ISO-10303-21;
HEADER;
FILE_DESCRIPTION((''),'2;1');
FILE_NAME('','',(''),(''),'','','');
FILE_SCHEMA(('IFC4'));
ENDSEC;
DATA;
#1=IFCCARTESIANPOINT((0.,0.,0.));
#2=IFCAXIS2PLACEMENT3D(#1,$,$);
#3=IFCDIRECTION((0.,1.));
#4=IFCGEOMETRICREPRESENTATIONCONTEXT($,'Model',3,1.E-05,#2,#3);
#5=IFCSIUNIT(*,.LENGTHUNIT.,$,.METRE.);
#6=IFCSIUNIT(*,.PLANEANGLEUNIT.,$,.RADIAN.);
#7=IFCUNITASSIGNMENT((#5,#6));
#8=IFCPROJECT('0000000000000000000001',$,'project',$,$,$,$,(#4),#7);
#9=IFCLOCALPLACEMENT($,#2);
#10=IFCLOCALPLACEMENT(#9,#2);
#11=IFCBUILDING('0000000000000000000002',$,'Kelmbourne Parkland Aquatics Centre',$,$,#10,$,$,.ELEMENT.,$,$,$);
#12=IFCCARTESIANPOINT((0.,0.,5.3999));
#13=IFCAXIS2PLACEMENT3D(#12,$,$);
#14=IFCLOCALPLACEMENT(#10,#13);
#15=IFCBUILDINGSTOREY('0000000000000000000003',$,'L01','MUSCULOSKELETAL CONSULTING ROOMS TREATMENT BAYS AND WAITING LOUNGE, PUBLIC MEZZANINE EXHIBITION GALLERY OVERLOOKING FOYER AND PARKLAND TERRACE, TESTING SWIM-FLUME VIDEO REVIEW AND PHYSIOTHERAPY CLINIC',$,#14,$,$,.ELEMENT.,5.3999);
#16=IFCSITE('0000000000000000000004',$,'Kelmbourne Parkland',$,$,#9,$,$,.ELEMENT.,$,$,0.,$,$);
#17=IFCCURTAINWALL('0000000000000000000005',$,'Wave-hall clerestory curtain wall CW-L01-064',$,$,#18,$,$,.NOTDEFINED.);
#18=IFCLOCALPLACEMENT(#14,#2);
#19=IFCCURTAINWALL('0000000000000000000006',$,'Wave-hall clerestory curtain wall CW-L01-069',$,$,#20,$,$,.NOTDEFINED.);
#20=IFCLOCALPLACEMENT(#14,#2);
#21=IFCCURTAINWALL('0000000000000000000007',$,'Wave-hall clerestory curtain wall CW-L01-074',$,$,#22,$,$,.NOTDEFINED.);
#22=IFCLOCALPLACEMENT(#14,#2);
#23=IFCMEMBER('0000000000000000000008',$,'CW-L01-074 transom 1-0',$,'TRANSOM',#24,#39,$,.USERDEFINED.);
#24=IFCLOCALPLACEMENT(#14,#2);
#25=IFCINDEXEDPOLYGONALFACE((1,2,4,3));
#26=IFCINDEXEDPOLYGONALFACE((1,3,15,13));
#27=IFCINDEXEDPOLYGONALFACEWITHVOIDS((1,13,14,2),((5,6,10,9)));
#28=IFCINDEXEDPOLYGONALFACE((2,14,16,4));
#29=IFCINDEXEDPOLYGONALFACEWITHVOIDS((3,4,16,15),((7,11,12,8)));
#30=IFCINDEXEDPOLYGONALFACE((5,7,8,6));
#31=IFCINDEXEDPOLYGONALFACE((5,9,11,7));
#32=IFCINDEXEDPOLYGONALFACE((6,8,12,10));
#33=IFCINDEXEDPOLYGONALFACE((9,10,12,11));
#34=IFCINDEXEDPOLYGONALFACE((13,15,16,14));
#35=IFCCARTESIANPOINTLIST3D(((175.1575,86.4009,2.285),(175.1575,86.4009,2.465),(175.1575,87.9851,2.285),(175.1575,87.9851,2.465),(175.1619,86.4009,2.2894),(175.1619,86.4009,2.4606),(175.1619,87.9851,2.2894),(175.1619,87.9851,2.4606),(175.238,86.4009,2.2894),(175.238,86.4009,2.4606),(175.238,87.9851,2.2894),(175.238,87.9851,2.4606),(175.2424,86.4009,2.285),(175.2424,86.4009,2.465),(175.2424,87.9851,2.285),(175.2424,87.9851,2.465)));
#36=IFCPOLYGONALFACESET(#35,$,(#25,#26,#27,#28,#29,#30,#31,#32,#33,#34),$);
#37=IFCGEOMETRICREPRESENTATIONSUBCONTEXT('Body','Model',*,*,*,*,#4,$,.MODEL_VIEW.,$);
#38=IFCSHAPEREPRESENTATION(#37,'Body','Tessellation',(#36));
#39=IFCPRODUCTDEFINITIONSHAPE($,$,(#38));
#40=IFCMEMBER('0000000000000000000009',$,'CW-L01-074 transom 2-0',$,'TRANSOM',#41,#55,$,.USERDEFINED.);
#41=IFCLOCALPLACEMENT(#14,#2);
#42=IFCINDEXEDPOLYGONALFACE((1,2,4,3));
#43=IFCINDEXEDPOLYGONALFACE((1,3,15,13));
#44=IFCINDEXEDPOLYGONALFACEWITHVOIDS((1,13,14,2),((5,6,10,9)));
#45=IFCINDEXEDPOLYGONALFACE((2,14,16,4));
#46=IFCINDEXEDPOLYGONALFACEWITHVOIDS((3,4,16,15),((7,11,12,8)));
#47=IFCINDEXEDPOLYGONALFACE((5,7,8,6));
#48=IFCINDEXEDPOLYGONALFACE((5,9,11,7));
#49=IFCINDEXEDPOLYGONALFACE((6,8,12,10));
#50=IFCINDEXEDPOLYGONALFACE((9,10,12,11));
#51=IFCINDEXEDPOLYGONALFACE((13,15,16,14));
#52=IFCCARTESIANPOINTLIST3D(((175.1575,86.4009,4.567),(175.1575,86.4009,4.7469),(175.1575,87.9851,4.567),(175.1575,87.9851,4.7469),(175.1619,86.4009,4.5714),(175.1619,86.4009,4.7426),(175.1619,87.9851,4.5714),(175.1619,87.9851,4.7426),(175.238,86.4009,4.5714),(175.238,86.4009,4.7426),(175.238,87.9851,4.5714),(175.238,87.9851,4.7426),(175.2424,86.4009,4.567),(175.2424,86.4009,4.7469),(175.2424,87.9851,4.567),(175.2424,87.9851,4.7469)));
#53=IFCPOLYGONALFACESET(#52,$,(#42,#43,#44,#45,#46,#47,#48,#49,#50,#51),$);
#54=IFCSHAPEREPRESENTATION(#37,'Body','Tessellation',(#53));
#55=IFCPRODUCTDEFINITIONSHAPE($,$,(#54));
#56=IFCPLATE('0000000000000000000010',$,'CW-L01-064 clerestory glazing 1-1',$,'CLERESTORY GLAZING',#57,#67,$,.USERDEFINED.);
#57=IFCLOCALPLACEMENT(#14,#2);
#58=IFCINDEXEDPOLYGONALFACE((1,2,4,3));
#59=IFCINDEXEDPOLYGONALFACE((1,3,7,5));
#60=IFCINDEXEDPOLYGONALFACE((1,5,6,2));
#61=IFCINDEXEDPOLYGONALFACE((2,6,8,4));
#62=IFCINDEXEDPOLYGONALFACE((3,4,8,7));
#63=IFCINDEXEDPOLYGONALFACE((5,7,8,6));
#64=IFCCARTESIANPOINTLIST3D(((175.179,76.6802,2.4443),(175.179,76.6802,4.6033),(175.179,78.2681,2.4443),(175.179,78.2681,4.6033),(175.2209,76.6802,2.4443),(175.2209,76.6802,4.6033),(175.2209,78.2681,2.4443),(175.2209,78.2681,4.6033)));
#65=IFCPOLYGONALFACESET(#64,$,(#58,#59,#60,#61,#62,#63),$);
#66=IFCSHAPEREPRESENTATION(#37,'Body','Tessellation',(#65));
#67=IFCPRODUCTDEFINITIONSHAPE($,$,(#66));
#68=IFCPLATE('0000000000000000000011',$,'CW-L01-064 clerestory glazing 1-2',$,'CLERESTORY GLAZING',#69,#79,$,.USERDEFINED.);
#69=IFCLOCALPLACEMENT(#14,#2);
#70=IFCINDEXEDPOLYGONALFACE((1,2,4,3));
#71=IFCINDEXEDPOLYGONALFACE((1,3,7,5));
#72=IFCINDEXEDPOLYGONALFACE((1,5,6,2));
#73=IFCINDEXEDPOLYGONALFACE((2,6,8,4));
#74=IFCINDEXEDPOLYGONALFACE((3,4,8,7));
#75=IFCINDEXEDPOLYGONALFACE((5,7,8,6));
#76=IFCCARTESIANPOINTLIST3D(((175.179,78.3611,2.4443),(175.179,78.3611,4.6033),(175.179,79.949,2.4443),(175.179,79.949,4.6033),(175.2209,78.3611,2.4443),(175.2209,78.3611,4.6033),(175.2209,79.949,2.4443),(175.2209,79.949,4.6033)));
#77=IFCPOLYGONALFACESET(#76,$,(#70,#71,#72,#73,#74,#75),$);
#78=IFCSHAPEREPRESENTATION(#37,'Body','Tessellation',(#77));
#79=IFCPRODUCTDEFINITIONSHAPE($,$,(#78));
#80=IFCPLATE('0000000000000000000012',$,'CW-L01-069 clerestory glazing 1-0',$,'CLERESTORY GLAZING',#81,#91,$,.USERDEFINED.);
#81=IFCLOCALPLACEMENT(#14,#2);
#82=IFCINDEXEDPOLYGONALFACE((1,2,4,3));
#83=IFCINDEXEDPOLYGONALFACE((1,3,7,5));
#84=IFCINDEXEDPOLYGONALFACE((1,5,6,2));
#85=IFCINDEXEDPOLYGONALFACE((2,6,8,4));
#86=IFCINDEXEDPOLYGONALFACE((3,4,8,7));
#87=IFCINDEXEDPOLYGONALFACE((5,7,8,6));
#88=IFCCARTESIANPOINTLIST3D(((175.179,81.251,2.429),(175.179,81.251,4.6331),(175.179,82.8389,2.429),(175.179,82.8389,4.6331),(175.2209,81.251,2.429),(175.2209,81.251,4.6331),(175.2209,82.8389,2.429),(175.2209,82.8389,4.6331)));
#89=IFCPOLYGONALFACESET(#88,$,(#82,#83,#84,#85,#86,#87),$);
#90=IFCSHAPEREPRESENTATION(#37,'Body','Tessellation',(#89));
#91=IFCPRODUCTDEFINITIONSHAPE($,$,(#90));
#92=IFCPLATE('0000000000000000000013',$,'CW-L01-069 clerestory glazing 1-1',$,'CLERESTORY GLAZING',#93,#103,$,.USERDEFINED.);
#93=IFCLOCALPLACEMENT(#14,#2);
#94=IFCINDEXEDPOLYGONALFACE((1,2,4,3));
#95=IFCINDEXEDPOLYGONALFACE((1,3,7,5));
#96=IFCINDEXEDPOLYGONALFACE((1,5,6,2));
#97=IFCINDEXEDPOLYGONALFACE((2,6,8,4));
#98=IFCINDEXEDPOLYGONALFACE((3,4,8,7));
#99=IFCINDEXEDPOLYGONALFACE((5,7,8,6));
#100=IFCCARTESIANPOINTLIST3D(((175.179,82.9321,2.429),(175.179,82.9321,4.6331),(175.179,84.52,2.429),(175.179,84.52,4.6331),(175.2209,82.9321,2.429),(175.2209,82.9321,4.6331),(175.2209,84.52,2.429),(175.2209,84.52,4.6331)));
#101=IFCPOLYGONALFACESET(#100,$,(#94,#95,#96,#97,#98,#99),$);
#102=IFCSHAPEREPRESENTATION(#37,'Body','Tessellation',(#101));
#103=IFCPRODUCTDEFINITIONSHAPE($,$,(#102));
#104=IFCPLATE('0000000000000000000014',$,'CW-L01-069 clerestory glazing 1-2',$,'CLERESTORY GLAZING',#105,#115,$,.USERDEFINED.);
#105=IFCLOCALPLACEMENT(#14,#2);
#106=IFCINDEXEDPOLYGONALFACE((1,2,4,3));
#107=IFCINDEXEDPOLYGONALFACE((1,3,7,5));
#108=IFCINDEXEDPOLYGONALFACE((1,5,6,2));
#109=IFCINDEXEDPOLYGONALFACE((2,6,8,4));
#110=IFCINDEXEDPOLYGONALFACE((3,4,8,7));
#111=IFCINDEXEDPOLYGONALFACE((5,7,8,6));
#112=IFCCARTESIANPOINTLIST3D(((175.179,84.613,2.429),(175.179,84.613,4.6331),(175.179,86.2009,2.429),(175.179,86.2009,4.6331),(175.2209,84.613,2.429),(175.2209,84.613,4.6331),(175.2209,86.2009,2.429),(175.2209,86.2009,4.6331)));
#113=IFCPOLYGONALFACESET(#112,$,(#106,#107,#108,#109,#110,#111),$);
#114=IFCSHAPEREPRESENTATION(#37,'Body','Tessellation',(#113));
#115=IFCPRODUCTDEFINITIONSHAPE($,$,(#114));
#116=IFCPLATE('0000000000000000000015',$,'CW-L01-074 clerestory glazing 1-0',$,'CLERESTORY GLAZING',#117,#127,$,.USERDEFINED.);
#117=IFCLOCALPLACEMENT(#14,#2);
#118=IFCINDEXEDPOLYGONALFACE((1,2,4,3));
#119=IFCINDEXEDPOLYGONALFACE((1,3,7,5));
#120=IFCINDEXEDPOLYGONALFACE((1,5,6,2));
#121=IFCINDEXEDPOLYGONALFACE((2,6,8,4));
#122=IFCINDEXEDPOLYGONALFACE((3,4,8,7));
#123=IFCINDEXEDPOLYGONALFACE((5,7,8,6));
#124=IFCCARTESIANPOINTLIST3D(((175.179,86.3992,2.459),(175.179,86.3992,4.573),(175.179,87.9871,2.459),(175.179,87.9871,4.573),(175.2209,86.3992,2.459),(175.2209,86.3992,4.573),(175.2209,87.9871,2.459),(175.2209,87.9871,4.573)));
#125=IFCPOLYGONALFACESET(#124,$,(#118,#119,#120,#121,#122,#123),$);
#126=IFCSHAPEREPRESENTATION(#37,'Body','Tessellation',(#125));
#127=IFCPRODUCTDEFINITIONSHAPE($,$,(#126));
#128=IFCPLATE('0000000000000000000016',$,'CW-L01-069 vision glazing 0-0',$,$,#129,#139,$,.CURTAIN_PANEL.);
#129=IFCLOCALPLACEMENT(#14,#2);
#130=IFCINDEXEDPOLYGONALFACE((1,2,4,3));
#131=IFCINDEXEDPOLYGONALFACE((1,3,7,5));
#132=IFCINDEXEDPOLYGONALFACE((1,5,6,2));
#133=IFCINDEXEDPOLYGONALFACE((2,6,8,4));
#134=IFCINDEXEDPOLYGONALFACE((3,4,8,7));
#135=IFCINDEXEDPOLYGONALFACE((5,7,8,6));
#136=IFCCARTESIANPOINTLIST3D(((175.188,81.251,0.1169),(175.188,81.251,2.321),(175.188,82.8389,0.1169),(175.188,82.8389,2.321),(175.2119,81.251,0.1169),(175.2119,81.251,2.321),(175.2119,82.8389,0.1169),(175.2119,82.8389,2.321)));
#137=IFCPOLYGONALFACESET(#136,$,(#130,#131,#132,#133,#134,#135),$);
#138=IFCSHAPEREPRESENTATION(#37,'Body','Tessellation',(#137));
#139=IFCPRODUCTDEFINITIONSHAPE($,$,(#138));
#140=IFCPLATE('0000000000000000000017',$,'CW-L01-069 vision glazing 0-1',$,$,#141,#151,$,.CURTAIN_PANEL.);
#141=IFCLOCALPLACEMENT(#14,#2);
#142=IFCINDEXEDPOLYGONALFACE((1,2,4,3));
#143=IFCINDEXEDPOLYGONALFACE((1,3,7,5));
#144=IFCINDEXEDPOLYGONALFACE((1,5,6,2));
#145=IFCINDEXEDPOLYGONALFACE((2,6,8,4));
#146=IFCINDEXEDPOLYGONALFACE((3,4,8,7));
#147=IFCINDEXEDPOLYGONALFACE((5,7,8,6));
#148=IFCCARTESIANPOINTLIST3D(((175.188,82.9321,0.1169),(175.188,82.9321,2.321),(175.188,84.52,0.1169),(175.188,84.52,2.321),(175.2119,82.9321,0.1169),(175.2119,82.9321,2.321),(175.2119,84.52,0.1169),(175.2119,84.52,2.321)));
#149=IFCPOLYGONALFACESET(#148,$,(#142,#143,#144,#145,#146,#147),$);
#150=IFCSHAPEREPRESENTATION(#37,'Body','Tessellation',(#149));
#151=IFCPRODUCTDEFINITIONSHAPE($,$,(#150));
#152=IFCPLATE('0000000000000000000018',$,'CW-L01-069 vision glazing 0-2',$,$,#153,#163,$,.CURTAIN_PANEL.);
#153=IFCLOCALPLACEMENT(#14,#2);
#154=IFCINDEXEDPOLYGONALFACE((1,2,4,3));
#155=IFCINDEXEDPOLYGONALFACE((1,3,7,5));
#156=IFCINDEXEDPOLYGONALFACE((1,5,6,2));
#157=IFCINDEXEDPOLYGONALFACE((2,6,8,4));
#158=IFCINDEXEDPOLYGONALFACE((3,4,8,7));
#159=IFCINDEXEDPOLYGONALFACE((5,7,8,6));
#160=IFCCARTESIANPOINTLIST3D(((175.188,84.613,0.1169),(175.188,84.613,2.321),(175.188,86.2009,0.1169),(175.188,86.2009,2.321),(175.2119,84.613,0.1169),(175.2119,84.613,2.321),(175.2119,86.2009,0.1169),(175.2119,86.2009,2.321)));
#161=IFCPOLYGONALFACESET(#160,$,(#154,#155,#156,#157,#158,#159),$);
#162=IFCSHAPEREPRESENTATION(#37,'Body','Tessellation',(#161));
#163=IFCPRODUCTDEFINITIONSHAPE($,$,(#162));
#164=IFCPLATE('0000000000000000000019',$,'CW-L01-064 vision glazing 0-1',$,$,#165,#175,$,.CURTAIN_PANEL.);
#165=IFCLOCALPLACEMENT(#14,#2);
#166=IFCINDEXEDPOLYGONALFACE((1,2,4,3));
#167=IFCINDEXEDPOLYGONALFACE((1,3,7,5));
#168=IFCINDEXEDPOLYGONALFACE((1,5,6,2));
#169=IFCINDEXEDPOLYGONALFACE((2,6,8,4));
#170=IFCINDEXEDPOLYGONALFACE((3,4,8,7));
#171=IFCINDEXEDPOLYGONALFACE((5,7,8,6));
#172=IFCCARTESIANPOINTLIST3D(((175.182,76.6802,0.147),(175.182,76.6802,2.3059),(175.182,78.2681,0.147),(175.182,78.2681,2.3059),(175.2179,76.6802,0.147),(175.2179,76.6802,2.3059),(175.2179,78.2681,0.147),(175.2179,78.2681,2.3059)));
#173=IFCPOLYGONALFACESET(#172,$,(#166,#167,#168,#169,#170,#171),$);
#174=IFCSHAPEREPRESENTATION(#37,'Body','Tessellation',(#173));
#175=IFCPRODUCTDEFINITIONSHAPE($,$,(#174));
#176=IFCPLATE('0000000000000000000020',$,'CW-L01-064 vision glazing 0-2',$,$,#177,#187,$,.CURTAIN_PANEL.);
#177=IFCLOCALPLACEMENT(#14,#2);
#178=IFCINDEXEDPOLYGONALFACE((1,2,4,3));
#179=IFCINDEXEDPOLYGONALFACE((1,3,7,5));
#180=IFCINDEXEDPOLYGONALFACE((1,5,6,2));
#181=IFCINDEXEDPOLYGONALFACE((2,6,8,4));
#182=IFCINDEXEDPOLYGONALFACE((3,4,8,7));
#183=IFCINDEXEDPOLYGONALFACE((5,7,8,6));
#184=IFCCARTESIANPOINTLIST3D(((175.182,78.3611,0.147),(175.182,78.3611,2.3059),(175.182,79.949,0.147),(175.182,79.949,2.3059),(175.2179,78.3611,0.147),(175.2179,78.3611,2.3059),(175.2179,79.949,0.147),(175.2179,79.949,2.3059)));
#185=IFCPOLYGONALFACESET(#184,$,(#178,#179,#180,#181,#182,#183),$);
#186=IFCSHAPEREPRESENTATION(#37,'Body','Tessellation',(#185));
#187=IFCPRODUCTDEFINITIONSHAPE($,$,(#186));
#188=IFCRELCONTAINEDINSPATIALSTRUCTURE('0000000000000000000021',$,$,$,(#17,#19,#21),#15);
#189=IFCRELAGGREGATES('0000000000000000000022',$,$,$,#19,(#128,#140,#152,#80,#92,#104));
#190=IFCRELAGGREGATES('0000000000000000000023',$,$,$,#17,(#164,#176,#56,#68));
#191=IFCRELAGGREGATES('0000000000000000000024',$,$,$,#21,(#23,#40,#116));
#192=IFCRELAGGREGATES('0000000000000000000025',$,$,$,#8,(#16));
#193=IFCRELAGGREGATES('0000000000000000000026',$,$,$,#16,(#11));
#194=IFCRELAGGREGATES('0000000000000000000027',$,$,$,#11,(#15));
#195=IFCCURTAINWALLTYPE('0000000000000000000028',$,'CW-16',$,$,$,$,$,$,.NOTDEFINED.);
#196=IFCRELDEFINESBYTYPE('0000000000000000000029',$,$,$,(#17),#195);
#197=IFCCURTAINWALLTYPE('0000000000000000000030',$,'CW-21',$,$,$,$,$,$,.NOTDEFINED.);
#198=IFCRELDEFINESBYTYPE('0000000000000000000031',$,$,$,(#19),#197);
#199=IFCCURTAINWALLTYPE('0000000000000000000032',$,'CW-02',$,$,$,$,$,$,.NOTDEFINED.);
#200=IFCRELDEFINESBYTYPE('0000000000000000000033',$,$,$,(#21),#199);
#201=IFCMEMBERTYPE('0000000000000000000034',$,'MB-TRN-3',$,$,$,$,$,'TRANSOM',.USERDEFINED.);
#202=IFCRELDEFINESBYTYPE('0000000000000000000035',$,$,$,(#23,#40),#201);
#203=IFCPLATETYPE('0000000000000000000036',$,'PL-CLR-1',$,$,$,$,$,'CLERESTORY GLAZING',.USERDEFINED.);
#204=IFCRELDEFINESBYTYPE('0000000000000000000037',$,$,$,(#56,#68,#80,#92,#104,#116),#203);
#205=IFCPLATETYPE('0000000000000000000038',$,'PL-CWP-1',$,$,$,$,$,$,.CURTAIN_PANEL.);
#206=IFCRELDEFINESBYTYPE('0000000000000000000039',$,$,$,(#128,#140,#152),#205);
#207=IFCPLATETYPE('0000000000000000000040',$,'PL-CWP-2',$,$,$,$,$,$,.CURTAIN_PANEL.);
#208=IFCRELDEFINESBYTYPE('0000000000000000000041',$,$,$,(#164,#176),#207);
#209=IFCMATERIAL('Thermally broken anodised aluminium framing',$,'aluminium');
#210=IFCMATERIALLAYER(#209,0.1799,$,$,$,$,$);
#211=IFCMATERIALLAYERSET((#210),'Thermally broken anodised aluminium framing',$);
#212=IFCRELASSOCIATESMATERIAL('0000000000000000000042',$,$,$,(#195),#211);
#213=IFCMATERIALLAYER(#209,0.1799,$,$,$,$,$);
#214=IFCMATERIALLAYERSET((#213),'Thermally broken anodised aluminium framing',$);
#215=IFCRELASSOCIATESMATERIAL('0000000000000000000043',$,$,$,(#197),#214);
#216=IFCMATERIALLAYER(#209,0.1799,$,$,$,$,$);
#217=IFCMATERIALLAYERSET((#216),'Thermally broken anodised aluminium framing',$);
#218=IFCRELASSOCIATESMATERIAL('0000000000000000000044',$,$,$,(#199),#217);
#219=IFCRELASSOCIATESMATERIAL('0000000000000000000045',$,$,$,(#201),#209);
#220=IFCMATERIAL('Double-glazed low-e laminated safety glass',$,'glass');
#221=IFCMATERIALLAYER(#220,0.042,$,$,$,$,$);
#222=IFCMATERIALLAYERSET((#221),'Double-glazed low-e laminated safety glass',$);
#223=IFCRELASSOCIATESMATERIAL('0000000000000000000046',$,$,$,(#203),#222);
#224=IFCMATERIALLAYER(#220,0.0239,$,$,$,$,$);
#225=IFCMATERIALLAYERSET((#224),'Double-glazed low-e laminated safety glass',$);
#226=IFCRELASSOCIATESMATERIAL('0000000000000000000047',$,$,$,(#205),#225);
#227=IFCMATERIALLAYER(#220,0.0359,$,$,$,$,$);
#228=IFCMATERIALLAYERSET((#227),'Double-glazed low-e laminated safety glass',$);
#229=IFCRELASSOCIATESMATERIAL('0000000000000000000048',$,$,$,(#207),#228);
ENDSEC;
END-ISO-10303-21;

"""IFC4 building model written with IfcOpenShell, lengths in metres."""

from ifc_helpers import new_model, si_unit, direction, frame, origin, origin_2d, place, context, subcontext, project, spatial, rectangle, hollow_rectangle, extrude, material, layer, layer_set, material_profile, profile_set, type_object, element, aggregate, save


model = new_model("IFC4")

# Units and contexts
model_context = context("Model", 3, precision=1e-05, world=origin(), true_north=direction((0.0, 1.0)))
body_context = subcontext(model_context, "Body", "Model", "MODEL_VIEW")
ifc_project = project(units=[si_unit("LENGTHUNIT", "METRE"), si_unit("PLANEANGLEUNIT", "RADIAN")], contexts=[model_context])

# Site, building, storey
site_placement = place(None, origin())
site = spatial("IfcSite", under=ifc_project, at=site_placement, Name="Kelmbourne Parkland", CompositionType="ELEMENT", RefElevation=0.0)
building_placement = place(site_placement, origin())
building = spatial("IfcBuilding", under=site, at=building_placement, Name="Kelmbourne Parkland Aquatics Centre", CompositionType="ELEMENT")
storey_placement = place(building_placement, frame((0.0, 0.0, 5.3999)))
storey = spatial("IfcBuildingStorey", under=building, at=storey_placement, Name="L01", Description="MUSCULOSKELETAL CONSULTING ROOMS TREATMENT BAYS AND WAITING LOUNGE, PUBLIC MEZZANINE EXHIBITION GALLERY OVERLOOKING FOYER AND PARKLAND TERRACE, TESTING SWIM-FLUME VIDEO REVIEW AND PHYSIOTHERAPY CLINIC", CompositionType="ELEMENT", Elevation=5.3999)

# Curtain walls
ifc_material_1 = material(Name="Thermally broken anodised aluminium framing", Category="aluminium")
ifc_layer_1 = layer(ifc_material_1, 0.1799)
ifc_layer_set_1 = layer_set([ifc_layer_1], Name="Thermally broken anodised aluminium framing")
curtain_wall_type_1 = type_object("IfcCurtainWallType", Name="CW-16", PredefinedType="NOTDEFINED", material=ifc_layer_set_1)
curtain_wall_1_placement = place(storey_placement, origin())
curtain_wall_1 = element("IfcCurtainWall", 1, at=curtain_wall_1_placement, inside=storey, type_object=curtain_wall_type_1, Name="Wave-hall clerestory curtain wall CW-L01-064", PredefinedType="NOTDEFINED")
ifc_layer_2 = layer(ifc_material_1, 0.1799)
ifc_layer_set_2 = layer_set([ifc_layer_2], Name="Thermally broken anodised aluminium framing")
curtain_wall_type_2 = type_object("IfcCurtainWallType", Name="CW-21", PredefinedType="NOTDEFINED", material=ifc_layer_set_2)
curtain_wall_2_placement = place(storey_placement, origin())
curtain_wall_2 = element("IfcCurtainWall", 2, at=curtain_wall_2_placement, inside=storey, type_object=curtain_wall_type_2, Name="Wave-hall clerestory curtain wall CW-L01-069", PredefinedType="NOTDEFINED")

# Curtain wall
ifc_layer_3 = layer(ifc_material_1, 0.1799)
ifc_layer_set_3 = layer_set([ifc_layer_3], Name="Thermally broken anodised aluminium framing")
curtain_wall_type_3 = type_object("IfcCurtainWallType", Name="CW-02", PredefinedType="NOTDEFINED", material=ifc_layer_set_3)
curtain_wall_3_placement = place(storey_placement, origin())
curtain_wall_3 = element("IfcCurtainWall", 3, at=curtain_wall_3_placement, inside=storey, type_object=curtain_wall_type_3, Name="Wave-hall clerestory curtain wall CW-L01-074", PredefinedType="NOTDEFINED")

# Members
ifc_material_profile_1 = material_profile(ifc_material_1, hollow_rectangle(XDim=0.085, YDim=0.1799, WallThickness=0.0044, at=origin_2d()), Name="CW-T 85x180")
ifc_profile_set_1 = profile_set([ifc_material_profile_1], Name="Thermally broken anodised aluminium framing")
member_type_1 = type_object("IfcMemberType", Name="MB-TRN-3", ElementType="TRANSOM", PredefinedType="USERDEFINED", material=ifc_profile_set_1)
member_1_placement = place(storey_placement, frame((175.2, 86.4009, 2.375), z_axis=(0.0, 1.0, 0.0), x_axis=(-1.0, 0.0, 0.0)))
member_1 = element("IfcMember", 4, at=member_1_placement, type_object=member_type_1, Name="CW-L01-074 transom 1-0", ObjectType="TRANSOM", PredefinedType="USERDEFINED", context=body_context, shape_type="SweptSolid", body=[
    extrude(hollow_rectangle(XDim=0.085, YDim=0.1799, WallThickness=0.0044, at=origin_2d()), origin(), (0.0, 0.0, 1.0), 1.5842),
])
member_2_placement = place(storey_placement, frame((175.2, 86.4009, 4.657), z_axis=(0.0, 1.0, 0.0), x_axis=(-1.0, 0.0, 0.0)))
member_2 = element("IfcMember", 5, at=member_2_placement, type_object=member_type_1, Name="CW-L01-074 transom 2-0", ObjectType="TRANSOM", PredefinedType="USERDEFINED", context=body_context, shape_type="SweptSolid", body=[
    extrude(hollow_rectangle(XDim=0.085, YDim=0.1799, WallThickness=0.0044, at=origin_2d()), origin(), (0.0, 0.0, 1.0), 1.5842),
])

# Plates
ifc_material_2 = material(Name="Double-glazed low-e laminated safety glass", Category="glass")
ifc_layer_4 = layer(ifc_material_2, 0.042)
ifc_layer_set_4 = layer_set([ifc_layer_4], Name="Double-glazed low-e laminated safety glass")
plate_type_1 = type_object("IfcPlateType", Name="PL-CLR-1", ElementType="CLERESTORY GLAZING", PredefinedType="USERDEFINED", material=ifc_layer_set_4)
plate_1_placement = place(storey_placement, frame((175.2, 77.4741, 2.4443), z_axis=(0.0, 0.0, 1.0), x_axis=(0.0, 1.0, 0.0)))
plate_1 = element("IfcPlate", 6, at=plate_1_placement, type_object=plate_type_1, Name="CW-L01-064 clerestory glazing 1-1", ObjectType="CLERESTORY GLAZING", PredefinedType="USERDEFINED", context=body_context, shape_type="SweptSolid", body=[
    extrude(rectangle(XDim=1.5879, YDim=0.042, at=origin_2d()), origin(), (0.0, 0.0, 1.0), 2.1589),
])
plate_2_placement = place(storey_placement, frame((175.2, 79.155, 2.4443), z_axis=(0.0, 0.0, 1.0), x_axis=(0.0, 1.0, 0.0)))
plate_2 = element("IfcPlate", 7, at=plate_2_placement, type_object=plate_type_1, Name="CW-L01-064 clerestory glazing 1-2", ObjectType="CLERESTORY GLAZING", PredefinedType="USERDEFINED", context=body_context, shape_type="SweptSolid", body=[
    extrude(rectangle(XDim=1.5879, YDim=0.042, at=origin_2d()), origin(), (0.0, 0.0, 1.0), 2.1589),
])
plate_3_placement = place(storey_placement, frame((175.2, 82.0449, 2.429), z_axis=(0.0, 0.0, 1.0), x_axis=(0.0, 1.0, 0.0)))
plate_3 = element("IfcPlate", 8, at=plate_3_placement, type_object=plate_type_1, Name="CW-L01-069 clerestory glazing 1-0", ObjectType="CLERESTORY GLAZING", PredefinedType="USERDEFINED", context=body_context, shape_type="SweptSolid", body=[
    extrude(rectangle(XDim=1.5879, YDim=0.042, at=origin_2d()), origin(), (0.0, 0.0, 1.0), 2.2041),
])
plate_4_placement = place(storey_placement, frame((175.2, 83.7261, 2.429), z_axis=(0.0, 0.0, 1.0), x_axis=(0.0, 1.0, 0.0)))
plate_4 = element("IfcPlate", 9, at=plate_4_placement, type_object=plate_type_1, Name="CW-L01-069 clerestory glazing 1-1", ObjectType="CLERESTORY GLAZING", PredefinedType="USERDEFINED", context=body_context, shape_type="SweptSolid", body=[
    extrude(rectangle(XDim=1.5879, YDim=0.042, at=origin_2d()), origin(), (0.0, 0.0, 1.0), 2.2041),
])
plate_5_placement = place(storey_placement, frame((175.2, 85.407, 2.429), z_axis=(0.0, 0.0, 1.0), x_axis=(0.0, 1.0, 0.0)))
plate_5 = element("IfcPlate", 10, at=plate_5_placement, type_object=plate_type_1, Name="CW-L01-069 clerestory glazing 1-2", ObjectType="CLERESTORY GLAZING", PredefinedType="USERDEFINED", context=body_context, shape_type="SweptSolid", body=[
    extrude(rectangle(XDim=1.5879, YDim=0.042, at=origin_2d()), origin(), (0.0, 0.0, 1.0), 2.2041),
])
plate_6_placement = place(storey_placement, frame((175.2, 87.1931, 2.459), z_axis=(0.0, 0.0, 1.0), x_axis=(0.0, 1.0, 0.0)))
plate_6 = element("IfcPlate", 11, at=plate_6_placement, type_object=plate_type_1, Name="CW-L01-074 clerestory glazing 1-0", ObjectType="CLERESTORY GLAZING", PredefinedType="USERDEFINED", context=body_context, shape_type="SweptSolid", body=[
    extrude(rectangle(XDim=1.5879, YDim=0.042, at=origin_2d()), origin(), (0.0, 0.0, 1.0), 2.114),
])
ifc_layer_5 = layer(ifc_material_2, 0.0239)
ifc_layer_set_5 = layer_set([ifc_layer_5], Name="Double-glazed low-e laminated safety glass")
plate_type_2 = type_object("IfcPlateType", Name="PL-CWP-1", PredefinedType="CURTAIN_PANEL", material=ifc_layer_set_5)
plate_7_placement = place(storey_placement, frame((175.2, 82.0449, 0.1169), z_axis=(0.0, 0.0, 1.0), x_axis=(0.0, 1.0, 0.0)))
plate_7 = element("IfcPlate", 12, at=plate_7_placement, type_object=plate_type_2, Name="CW-L01-069 vision glazing 0-0", PredefinedType="CURTAIN_PANEL", context=body_context, shape_type="SweptSolid", body=[
    extrude(rectangle(XDim=1.5879, YDim=0.0239, at=origin_2d()), origin(), (0.0, 0.0, 1.0), 2.2041),
])
plate_8_placement = place(storey_placement, frame((175.2, 83.7261, 0.1169), z_axis=(0.0, 0.0, 1.0), x_axis=(0.0, 1.0, 0.0)))
plate_8 = element("IfcPlate", 13, at=plate_8_placement, type_object=plate_type_2, Name="CW-L01-069 vision glazing 0-1", PredefinedType="CURTAIN_PANEL", context=body_context, shape_type="SweptSolid", body=[
    extrude(rectangle(XDim=1.5879, YDim=0.0239, at=origin_2d()), origin(), (0.0, 0.0, 1.0), 2.2041),
])
plate_9_placement = place(storey_placement, frame((175.2, 85.407, 0.1169), z_axis=(0.0, 0.0, 1.0), x_axis=(0.0, 1.0, 0.0)))
plate_9 = element("IfcPlate", 14, at=plate_9_placement, type_object=plate_type_2, Name="CW-L01-069 vision glazing 0-2", PredefinedType="CURTAIN_PANEL", context=body_context, shape_type="SweptSolid", body=[
    extrude(rectangle(XDim=1.5879, YDim=0.0239, at=origin_2d()), origin(), (0.0, 0.0, 1.0), 2.2041),
])
aggregate(curtain_wall_2, [plate_7, plate_8, plate_9, plate_3, plate_4, plate_5])
ifc_layer_6 = layer(ifc_material_2, 0.0359)
ifc_layer_set_6 = layer_set([ifc_layer_6], Name="Double-glazed low-e laminated safety glass")
plate_type_3 = type_object("IfcPlateType", Name="PL-CWP-2", PredefinedType="CURTAIN_PANEL", material=ifc_layer_set_6)
plate_10_placement = place(storey_placement, frame((175.2, 77.4741, 0.147), z_axis=(0.0, 0.0, 1.0), x_axis=(0.0, 1.0, 0.0)))
plate_10 = element("IfcPlate", 15, at=plate_10_placement, type_object=plate_type_3, Name="CW-L01-064 vision glazing 0-1", PredefinedType="CURTAIN_PANEL", context=body_context, shape_type="SweptSolid", body=[
    extrude(rectangle(XDim=1.5879, YDim=0.0359, at=origin_2d()), origin(), (0.0, 0.0, 1.0), 2.1589),
])
plate_11_placement = place(storey_placement, frame((175.2, 79.155, 0.147), z_axis=(0.0, 0.0, 1.0), x_axis=(0.0, 1.0, 0.0)))
plate_11 = element("IfcPlate", 16, at=plate_11_placement, type_object=plate_type_3, Name="CW-L01-064 vision glazing 0-2", PredefinedType="CURTAIN_PANEL", context=body_context, shape_type="SweptSolid", body=[
    extrude(rectangle(XDim=1.5879, YDim=0.0359, at=origin_2d()), origin(), (0.0, 0.0, 1.0), 2.1589),
])
aggregate(curtain_wall_1, [plate_10, plate_11, plate_1, plate_2])
aggregate(curtain_wall_3, [member_1, member_2, plate_6])

save(model, "model.ifc")
